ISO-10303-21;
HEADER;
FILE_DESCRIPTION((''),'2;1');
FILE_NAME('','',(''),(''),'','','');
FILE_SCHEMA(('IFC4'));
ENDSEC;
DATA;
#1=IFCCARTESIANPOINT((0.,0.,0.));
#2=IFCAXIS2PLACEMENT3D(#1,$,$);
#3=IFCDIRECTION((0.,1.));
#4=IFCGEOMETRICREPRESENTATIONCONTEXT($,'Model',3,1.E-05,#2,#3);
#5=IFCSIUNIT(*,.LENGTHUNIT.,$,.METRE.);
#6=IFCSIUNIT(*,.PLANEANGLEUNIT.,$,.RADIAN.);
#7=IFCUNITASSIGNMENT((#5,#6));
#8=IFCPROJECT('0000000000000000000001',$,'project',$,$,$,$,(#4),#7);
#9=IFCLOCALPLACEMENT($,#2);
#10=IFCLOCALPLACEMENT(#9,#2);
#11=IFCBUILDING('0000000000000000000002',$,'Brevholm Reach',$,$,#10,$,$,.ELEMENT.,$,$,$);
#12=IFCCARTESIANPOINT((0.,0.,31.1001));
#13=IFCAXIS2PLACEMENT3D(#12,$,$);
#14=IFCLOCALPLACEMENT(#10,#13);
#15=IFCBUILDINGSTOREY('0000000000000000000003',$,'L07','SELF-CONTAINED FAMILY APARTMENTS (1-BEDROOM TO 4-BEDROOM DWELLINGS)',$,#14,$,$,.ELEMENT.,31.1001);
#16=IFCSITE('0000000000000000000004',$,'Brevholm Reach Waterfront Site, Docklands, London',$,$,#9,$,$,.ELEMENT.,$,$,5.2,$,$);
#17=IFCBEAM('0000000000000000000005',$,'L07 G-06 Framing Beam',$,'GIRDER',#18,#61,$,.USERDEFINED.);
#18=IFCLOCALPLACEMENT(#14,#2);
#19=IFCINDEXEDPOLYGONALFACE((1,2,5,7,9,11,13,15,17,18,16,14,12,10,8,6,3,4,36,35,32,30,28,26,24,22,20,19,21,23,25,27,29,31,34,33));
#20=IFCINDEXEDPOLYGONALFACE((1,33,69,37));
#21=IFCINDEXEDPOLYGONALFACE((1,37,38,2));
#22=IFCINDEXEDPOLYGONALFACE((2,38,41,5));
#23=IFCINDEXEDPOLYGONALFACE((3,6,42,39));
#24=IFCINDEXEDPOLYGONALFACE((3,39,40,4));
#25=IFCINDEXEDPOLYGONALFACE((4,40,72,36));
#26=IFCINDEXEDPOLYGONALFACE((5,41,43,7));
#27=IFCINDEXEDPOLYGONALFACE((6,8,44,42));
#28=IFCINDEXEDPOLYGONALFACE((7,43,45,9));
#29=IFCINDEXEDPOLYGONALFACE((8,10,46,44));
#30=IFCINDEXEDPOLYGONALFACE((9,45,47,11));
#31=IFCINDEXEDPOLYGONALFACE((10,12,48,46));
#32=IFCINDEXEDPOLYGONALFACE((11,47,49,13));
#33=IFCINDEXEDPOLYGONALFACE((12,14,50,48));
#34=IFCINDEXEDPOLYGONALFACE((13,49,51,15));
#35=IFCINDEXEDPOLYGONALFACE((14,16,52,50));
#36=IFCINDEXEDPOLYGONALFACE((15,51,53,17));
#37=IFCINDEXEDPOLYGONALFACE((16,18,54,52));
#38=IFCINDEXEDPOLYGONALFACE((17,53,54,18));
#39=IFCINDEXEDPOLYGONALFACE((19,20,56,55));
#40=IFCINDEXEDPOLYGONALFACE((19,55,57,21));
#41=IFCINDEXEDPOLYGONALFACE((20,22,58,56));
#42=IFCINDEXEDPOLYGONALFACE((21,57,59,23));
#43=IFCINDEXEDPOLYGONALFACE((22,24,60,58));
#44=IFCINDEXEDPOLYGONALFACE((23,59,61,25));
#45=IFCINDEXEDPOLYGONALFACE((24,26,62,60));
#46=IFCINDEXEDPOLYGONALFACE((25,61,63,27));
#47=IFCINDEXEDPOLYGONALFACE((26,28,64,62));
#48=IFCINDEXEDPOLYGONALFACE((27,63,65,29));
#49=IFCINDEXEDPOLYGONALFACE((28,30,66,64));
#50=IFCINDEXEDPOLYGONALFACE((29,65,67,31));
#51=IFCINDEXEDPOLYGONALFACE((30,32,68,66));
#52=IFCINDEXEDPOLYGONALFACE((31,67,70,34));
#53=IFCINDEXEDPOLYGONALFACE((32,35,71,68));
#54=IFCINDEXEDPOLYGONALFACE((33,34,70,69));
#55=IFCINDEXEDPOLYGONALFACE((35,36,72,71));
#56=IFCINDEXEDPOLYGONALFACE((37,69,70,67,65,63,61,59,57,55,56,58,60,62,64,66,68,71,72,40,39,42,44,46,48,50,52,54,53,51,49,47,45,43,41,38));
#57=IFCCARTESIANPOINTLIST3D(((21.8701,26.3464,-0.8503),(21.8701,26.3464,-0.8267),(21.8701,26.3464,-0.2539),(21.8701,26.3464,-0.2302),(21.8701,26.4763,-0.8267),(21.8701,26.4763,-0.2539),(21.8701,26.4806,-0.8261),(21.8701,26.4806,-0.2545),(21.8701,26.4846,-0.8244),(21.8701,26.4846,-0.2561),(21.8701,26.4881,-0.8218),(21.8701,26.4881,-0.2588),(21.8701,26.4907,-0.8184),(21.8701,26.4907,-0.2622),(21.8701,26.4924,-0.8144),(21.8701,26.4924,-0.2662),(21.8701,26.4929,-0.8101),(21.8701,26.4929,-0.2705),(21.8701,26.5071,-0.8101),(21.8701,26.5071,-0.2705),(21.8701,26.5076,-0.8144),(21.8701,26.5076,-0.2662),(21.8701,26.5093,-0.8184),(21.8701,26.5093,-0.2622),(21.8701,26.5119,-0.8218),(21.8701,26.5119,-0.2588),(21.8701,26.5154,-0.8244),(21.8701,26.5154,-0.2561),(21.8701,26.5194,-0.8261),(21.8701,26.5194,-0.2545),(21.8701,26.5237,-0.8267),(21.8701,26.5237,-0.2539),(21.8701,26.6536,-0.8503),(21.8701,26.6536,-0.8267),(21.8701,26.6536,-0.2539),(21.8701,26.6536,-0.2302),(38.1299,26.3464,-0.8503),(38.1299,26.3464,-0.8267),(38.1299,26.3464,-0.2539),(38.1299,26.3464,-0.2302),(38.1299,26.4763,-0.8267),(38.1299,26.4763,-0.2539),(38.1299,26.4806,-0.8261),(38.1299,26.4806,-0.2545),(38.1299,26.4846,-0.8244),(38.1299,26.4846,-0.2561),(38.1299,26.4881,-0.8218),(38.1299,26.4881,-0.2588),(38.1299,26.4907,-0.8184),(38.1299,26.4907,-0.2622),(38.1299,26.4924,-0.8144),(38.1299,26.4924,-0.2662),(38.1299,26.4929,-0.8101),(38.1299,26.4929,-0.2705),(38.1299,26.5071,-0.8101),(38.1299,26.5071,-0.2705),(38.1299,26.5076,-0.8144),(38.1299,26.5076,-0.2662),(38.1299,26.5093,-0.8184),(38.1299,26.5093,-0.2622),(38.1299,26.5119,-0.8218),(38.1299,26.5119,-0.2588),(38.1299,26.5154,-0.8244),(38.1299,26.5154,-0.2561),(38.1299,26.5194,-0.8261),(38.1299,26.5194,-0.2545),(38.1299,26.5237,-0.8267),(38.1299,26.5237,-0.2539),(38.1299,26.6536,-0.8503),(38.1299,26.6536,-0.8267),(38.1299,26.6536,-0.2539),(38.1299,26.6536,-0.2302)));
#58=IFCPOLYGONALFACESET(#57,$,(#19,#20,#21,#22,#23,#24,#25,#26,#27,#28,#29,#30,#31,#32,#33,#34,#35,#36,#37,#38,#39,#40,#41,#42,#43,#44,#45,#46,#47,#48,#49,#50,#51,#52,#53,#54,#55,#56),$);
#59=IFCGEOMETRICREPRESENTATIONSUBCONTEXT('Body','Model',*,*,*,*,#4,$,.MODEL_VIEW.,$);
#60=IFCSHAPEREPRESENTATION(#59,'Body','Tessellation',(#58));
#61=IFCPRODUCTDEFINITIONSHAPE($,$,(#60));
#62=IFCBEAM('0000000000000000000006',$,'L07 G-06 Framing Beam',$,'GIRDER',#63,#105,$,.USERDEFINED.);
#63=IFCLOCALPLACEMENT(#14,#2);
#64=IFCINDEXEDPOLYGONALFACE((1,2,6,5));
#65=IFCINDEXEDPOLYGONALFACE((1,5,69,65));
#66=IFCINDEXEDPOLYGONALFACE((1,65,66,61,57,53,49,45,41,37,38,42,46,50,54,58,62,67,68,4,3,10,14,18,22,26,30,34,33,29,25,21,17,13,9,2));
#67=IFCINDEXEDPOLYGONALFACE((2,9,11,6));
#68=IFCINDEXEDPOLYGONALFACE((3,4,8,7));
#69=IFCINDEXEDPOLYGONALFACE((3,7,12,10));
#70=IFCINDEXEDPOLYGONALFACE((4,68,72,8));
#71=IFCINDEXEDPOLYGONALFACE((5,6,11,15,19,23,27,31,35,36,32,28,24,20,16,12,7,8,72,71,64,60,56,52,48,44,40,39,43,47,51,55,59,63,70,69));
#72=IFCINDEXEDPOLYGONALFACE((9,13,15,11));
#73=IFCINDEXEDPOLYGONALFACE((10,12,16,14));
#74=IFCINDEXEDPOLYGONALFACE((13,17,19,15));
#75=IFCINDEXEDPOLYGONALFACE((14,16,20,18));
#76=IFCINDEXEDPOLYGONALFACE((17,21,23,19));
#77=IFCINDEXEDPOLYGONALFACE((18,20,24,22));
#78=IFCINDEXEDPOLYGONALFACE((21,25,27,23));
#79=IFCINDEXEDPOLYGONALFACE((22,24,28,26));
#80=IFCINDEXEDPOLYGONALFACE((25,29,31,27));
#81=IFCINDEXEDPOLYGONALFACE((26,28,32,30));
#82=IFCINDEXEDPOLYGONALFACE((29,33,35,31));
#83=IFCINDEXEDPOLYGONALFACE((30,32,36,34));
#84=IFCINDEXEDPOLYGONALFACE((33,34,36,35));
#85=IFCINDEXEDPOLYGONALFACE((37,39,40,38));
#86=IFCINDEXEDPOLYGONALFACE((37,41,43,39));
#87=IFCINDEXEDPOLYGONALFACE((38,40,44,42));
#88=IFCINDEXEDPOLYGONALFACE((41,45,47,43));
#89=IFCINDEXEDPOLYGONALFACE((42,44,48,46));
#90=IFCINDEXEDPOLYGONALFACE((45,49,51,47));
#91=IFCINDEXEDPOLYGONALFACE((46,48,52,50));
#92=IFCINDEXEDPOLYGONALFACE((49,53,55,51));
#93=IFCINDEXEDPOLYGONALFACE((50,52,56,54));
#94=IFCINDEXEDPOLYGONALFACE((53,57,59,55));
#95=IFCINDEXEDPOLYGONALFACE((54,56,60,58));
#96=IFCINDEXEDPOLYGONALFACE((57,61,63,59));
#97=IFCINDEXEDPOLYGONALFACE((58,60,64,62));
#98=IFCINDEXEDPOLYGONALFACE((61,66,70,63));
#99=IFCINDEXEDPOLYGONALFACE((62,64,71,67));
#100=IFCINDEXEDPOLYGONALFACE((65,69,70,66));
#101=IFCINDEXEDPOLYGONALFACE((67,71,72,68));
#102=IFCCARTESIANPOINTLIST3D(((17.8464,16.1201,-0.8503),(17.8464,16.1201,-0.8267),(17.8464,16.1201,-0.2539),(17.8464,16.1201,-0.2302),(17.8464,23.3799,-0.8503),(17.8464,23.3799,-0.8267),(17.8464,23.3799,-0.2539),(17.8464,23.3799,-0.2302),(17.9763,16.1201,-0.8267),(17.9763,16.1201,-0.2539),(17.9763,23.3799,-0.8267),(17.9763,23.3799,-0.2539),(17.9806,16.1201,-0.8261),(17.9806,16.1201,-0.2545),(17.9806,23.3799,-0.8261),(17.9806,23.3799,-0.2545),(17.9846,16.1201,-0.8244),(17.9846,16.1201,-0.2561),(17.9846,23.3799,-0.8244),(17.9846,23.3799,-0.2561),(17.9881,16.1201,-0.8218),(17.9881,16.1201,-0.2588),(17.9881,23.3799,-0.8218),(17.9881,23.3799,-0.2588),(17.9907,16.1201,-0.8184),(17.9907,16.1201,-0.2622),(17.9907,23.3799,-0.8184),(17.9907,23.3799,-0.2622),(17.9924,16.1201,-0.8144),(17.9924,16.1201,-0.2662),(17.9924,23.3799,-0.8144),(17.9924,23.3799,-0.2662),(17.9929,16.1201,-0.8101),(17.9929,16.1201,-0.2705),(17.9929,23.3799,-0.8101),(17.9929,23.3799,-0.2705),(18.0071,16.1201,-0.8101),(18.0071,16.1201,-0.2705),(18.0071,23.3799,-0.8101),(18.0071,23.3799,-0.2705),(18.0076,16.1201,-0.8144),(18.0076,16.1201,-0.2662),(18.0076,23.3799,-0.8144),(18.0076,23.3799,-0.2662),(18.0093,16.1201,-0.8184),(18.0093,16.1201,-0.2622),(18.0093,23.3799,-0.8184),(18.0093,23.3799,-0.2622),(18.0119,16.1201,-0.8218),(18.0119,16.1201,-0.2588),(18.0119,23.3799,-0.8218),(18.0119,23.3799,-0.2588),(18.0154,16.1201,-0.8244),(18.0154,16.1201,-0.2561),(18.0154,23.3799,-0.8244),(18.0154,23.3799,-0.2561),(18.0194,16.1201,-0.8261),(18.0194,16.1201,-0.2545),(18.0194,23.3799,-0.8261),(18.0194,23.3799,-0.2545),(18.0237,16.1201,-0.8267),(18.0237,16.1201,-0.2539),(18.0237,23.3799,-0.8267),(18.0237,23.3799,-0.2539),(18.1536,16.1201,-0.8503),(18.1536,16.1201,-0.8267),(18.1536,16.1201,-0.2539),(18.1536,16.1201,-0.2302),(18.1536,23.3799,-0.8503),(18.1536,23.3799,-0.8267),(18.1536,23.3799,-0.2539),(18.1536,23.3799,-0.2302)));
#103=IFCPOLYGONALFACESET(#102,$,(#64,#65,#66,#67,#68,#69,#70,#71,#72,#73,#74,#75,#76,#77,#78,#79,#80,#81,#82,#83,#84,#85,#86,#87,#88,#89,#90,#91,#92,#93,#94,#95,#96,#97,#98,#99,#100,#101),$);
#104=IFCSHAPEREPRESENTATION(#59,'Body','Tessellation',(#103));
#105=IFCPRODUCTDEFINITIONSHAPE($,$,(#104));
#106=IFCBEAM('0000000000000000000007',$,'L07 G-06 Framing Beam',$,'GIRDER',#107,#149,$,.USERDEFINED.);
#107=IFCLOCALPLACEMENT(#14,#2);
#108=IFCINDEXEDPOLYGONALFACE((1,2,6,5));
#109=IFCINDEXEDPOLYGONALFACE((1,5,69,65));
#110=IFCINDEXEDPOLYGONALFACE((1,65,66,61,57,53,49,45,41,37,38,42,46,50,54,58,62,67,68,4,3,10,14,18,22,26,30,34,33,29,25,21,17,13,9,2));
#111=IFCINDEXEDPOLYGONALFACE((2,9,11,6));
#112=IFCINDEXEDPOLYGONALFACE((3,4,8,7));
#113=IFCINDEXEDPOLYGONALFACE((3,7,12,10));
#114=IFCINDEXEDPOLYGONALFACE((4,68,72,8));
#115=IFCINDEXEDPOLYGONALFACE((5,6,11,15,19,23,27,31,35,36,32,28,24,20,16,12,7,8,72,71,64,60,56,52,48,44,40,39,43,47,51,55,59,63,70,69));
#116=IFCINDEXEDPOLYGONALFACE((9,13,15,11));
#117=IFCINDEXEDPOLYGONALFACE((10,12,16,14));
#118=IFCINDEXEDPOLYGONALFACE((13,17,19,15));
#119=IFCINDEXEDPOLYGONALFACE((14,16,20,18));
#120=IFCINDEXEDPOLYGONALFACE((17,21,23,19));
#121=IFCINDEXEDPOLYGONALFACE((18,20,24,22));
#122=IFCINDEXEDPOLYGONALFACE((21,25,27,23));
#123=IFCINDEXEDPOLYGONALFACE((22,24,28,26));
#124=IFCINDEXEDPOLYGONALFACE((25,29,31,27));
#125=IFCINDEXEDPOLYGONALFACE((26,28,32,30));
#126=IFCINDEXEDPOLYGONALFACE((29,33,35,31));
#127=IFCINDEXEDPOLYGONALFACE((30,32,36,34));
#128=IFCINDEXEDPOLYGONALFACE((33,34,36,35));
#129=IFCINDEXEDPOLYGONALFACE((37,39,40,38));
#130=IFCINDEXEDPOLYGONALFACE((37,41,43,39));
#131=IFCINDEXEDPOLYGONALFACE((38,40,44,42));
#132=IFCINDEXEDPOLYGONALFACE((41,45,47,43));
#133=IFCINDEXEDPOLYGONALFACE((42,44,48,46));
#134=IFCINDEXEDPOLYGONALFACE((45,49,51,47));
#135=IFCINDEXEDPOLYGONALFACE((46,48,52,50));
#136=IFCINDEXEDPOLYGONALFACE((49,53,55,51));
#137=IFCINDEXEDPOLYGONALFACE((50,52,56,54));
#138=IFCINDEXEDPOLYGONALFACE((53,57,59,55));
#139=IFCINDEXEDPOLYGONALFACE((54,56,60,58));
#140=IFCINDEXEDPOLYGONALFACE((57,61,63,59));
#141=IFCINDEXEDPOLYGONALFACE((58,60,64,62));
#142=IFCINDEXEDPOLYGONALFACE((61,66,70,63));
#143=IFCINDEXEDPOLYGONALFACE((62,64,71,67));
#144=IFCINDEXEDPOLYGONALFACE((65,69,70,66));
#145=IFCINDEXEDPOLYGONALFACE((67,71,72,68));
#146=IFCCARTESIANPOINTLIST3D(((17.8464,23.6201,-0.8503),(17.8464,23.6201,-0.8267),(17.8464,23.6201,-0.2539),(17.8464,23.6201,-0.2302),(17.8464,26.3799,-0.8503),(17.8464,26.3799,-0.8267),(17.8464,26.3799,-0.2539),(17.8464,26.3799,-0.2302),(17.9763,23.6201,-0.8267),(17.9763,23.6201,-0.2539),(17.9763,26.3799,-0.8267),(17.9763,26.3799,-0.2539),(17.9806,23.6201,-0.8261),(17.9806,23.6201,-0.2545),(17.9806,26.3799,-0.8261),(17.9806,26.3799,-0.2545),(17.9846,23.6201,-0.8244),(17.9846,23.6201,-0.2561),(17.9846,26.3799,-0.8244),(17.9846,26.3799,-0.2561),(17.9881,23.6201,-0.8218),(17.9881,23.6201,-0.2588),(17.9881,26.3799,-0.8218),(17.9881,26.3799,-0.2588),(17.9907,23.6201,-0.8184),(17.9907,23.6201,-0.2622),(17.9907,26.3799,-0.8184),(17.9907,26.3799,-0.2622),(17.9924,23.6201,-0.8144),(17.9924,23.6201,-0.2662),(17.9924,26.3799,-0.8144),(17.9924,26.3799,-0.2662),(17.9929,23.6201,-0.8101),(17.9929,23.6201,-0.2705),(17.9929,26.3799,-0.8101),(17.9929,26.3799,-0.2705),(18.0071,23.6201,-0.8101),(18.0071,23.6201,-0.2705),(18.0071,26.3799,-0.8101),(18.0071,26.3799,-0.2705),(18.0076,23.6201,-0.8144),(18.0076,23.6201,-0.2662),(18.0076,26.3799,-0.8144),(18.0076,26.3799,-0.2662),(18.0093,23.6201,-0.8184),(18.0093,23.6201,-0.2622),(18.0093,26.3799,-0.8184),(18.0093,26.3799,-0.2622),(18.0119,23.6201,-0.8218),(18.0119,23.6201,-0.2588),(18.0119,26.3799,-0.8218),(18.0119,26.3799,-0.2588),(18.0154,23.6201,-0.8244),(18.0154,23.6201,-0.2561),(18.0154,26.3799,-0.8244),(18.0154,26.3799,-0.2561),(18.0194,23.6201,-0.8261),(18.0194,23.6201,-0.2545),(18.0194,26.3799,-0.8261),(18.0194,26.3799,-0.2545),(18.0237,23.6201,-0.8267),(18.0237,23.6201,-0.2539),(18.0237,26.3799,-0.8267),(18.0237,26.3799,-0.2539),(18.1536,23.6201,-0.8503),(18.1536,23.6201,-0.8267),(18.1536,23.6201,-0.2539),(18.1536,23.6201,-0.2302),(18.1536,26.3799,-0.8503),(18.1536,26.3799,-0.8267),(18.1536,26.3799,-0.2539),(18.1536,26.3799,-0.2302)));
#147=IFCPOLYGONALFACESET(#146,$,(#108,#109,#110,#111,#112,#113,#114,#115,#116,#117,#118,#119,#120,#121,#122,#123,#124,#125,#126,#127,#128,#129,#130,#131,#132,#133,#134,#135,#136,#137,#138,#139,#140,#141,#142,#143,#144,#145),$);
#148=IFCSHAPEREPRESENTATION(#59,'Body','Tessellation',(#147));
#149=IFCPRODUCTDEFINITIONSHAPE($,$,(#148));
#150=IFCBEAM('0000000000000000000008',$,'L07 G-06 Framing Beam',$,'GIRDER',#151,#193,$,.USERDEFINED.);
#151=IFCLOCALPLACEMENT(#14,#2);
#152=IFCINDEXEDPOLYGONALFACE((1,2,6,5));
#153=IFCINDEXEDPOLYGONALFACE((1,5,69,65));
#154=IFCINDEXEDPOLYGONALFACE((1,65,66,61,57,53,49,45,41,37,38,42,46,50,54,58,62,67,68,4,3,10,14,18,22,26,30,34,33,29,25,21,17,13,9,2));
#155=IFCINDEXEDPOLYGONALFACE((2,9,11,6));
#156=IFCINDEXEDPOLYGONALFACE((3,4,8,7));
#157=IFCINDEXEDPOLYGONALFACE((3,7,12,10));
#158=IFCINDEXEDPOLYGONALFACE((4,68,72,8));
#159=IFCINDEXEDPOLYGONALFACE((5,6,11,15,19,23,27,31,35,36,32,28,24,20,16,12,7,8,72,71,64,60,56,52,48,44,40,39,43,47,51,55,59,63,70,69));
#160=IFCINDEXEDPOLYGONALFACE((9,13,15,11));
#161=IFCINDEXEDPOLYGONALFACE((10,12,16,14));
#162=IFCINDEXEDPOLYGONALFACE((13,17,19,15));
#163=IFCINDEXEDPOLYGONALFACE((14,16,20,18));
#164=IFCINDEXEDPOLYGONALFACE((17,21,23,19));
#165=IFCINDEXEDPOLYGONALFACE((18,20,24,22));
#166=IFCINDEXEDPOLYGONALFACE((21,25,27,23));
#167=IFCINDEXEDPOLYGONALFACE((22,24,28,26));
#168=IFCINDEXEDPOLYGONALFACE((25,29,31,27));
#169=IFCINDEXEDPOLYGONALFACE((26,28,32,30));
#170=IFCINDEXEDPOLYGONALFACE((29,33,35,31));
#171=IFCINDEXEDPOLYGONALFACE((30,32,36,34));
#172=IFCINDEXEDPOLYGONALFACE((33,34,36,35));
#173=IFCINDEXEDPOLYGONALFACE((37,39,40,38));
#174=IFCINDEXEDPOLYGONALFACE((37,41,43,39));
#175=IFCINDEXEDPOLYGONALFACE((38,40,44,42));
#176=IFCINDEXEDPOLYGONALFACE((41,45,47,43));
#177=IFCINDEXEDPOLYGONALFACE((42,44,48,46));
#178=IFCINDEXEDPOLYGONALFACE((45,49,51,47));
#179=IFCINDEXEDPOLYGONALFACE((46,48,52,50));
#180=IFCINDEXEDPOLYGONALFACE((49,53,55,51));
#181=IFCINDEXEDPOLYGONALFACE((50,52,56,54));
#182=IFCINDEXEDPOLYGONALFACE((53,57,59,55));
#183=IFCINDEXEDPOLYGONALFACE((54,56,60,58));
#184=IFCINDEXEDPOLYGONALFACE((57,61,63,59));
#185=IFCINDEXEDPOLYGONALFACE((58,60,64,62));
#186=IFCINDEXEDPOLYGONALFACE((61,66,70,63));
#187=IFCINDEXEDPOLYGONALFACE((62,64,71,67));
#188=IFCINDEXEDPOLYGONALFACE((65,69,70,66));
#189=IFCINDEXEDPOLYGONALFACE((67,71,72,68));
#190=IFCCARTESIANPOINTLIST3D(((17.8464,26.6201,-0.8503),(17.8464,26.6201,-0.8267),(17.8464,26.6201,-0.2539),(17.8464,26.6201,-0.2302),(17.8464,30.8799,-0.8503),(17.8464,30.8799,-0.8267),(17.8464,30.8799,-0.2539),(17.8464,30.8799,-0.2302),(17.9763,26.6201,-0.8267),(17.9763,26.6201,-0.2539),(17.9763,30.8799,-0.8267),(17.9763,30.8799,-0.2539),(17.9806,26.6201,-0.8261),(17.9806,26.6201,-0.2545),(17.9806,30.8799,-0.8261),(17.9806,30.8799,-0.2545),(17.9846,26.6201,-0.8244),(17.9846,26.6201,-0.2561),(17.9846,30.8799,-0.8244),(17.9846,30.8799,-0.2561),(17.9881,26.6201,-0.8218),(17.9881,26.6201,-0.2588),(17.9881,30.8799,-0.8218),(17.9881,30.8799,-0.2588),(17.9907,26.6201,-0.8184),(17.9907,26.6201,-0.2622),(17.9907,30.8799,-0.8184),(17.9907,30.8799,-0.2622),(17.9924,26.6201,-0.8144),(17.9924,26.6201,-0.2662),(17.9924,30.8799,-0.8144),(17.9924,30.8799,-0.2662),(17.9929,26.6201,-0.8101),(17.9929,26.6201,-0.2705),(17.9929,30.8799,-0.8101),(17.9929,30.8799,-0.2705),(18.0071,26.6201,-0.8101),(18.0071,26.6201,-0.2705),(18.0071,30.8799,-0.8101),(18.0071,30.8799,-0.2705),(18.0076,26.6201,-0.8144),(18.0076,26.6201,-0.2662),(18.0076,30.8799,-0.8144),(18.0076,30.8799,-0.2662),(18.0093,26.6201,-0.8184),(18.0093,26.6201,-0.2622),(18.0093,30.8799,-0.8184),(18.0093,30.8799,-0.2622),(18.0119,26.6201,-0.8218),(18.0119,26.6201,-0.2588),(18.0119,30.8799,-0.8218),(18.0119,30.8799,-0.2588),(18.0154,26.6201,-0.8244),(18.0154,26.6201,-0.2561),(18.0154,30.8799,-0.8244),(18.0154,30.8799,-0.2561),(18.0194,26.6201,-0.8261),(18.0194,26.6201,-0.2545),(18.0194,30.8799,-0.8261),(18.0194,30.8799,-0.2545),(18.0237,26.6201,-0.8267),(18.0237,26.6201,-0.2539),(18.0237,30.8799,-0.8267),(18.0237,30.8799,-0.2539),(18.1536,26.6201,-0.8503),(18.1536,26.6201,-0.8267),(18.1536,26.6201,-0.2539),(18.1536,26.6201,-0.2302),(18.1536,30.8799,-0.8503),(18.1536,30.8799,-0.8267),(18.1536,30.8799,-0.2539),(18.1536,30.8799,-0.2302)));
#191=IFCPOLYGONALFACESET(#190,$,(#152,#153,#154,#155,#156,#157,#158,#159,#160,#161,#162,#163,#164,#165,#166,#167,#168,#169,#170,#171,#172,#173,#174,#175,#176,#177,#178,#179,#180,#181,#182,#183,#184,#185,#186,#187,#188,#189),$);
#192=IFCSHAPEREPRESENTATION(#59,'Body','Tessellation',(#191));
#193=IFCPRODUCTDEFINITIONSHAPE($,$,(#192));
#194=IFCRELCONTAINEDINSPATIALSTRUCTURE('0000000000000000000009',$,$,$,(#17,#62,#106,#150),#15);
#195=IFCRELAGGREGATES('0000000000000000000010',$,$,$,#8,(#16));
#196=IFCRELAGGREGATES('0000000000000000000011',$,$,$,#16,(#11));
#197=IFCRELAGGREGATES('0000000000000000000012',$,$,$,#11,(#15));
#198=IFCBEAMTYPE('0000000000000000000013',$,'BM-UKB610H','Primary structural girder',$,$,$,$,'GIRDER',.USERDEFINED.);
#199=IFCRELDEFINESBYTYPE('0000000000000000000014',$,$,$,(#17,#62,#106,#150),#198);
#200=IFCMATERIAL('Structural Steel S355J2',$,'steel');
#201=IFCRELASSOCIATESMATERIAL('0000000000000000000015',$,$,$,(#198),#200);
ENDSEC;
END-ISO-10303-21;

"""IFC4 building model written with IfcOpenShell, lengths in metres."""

from ifc_helpers import new_model, si_unit, direction, frame, origin, origin_2d, place, context, subcontext, project, spatial, i_section, extrude, material, material_profile, profile_set, type_object, element, save


model = new_model("IFC4")

# Units and contexts
model_context = context("Model", 3, precision=1e-05, world=origin(), true_north=direction((0.0, 1.0)))
body_context = subcontext(model_context, "Body", "Model", "MODEL_VIEW")
ifc_project = project(units=[si_unit("LENGTHUNIT", "METRE"), si_unit("PLANEANGLEUNIT", "RADIAN")], contexts=[model_context])

# Site, building, storey
site_placement = place(None, origin())
site = spatial("IfcSite", under=ifc_project, at=site_placement, Name="Brevholm Reach Waterfront Site, Docklands, London", CompositionType="ELEMENT", RefElevation=5.2)
building_placement = place(site_placement, origin())
building = spatial("IfcBuilding", under=site, at=building_placement, Name="Brevholm Reach", CompositionType="ELEMENT")
storey_placement = place(building_placement, frame((0.0, 0.0, 31.1001)))
storey = spatial("IfcBuildingStorey", under=building, at=storey_placement, Name="L07", Description="SELF-CONTAINED FAMILY APARTMENTS (1-BEDROOM TO 4-BEDROOM DWELLINGS)", CompositionType="ELEMENT", Elevation=31.1001)

# Beams
ifc_material_1 = material(Name="Structural Steel S355J2", Category="steel")
ifc_material_profile_1 = material_profile(ifc_material_1, i_section(OverallWidth=0.3071, OverallDepth=0.6201, WebThickness=0.0142, FlangeThickness=0.0237, FilletRadius=0.0166, at=origin_2d()), Name="UKB 610x305x179")
ifc_profile_set_1 = profile_set([ifc_material_profile_1], Name="Structural Steel S355J2")
beam_type_1 = type_object("IfcBeamType", Name="BM-UKB610H", Description="Primary structural girder", ElementType="GIRDER", PredefinedType="USERDEFINED", material=ifc_profile_set_1)
beam_1_placement = place(storey_placement, frame((21.8701, 26.5, -0.5403), z_axis=(1.0, 0.0, 0.0), x_axis=(0.0, 1.0, 0.0)))
element("IfcBeam", 1, at=beam_1_placement, inside=storey, type_object=beam_type_1, Name="L07 G-06 Framing Beam", ObjectType="GIRDER", PredefinedType="USERDEFINED", context=body_context, shape_type="SweptSolid", body=[
    extrude(i_section(OverallWidth=0.3071, OverallDepth=0.6201, WebThickness=0.0142, FlangeThickness=0.0237, FilletRadius=0.0166, at=origin_2d()), origin(), (0.0, 0.0, 1.0), 16.2598),
])
beam_2_placement = place(storey_placement, frame((18.0, 16.1201, -0.5403), z_axis=(0.0, 1.0, 0.0), x_axis=(-1.0, 0.0, 0.0)))
element("IfcBeam", 2, at=beam_2_placement, inside=storey, type_object=beam_type_1, Name="L07 G-06 Framing Beam", ObjectType="GIRDER", PredefinedType="USERDEFINED", context=body_context, shape_type="SweptSolid", body=[
    extrude(i_section(OverallWidth=0.3071, OverallDepth=0.6201, WebThickness=0.0142, FlangeThickness=0.0237, FilletRadius=0.0166, at=origin_2d()), origin(), (0.0, 0.0, 1.0), 7.2598),
])
beam_3_placement = place(storey_placement, frame((18.0, 23.6201, -0.5403), z_axis=(0.0, 1.0, 0.0), x_axis=(-1.0, 0.0, 0.0)))
element("IfcBeam", 3, at=beam_3_placement, inside=storey, type_object=beam_type_1, Name="L07 G-06 Framing Beam", ObjectType="GIRDER", PredefinedType="USERDEFINED", context=body_context, shape_type="SweptSolid", body=[
    extrude(i_section(OverallWidth=0.3071, OverallDepth=0.6201, WebThickness=0.0142, FlangeThickness=0.0237, FilletRadius=0.0166, at=origin_2d()), origin(), (0.0, 0.0, 1.0), 2.7598),
])
beam_4_placement = place(storey_placement, frame((18.0, 26.6201, -0.5403), z_axis=(0.0, 1.0, 0.0), x_axis=(-1.0, 0.0, 0.0)))
element("IfcBeam", 4, at=beam_4_placement, inside=storey, type_object=beam_type_1, Name="L07 G-06 Framing Beam", ObjectType="GIRDER", PredefinedType="USERDEFINED", context=body_context, shape_type="SweptSolid", body=[
    extrude(i_section(OverallWidth=0.3071, OverallDepth=0.6201, WebThickness=0.0142, FlangeThickness=0.0237, FilletRadius=0.0166, at=origin_2d()), origin(), (0.0, 0.0, 1.0), 4.2598),
])

save(model, "model.ifc")
